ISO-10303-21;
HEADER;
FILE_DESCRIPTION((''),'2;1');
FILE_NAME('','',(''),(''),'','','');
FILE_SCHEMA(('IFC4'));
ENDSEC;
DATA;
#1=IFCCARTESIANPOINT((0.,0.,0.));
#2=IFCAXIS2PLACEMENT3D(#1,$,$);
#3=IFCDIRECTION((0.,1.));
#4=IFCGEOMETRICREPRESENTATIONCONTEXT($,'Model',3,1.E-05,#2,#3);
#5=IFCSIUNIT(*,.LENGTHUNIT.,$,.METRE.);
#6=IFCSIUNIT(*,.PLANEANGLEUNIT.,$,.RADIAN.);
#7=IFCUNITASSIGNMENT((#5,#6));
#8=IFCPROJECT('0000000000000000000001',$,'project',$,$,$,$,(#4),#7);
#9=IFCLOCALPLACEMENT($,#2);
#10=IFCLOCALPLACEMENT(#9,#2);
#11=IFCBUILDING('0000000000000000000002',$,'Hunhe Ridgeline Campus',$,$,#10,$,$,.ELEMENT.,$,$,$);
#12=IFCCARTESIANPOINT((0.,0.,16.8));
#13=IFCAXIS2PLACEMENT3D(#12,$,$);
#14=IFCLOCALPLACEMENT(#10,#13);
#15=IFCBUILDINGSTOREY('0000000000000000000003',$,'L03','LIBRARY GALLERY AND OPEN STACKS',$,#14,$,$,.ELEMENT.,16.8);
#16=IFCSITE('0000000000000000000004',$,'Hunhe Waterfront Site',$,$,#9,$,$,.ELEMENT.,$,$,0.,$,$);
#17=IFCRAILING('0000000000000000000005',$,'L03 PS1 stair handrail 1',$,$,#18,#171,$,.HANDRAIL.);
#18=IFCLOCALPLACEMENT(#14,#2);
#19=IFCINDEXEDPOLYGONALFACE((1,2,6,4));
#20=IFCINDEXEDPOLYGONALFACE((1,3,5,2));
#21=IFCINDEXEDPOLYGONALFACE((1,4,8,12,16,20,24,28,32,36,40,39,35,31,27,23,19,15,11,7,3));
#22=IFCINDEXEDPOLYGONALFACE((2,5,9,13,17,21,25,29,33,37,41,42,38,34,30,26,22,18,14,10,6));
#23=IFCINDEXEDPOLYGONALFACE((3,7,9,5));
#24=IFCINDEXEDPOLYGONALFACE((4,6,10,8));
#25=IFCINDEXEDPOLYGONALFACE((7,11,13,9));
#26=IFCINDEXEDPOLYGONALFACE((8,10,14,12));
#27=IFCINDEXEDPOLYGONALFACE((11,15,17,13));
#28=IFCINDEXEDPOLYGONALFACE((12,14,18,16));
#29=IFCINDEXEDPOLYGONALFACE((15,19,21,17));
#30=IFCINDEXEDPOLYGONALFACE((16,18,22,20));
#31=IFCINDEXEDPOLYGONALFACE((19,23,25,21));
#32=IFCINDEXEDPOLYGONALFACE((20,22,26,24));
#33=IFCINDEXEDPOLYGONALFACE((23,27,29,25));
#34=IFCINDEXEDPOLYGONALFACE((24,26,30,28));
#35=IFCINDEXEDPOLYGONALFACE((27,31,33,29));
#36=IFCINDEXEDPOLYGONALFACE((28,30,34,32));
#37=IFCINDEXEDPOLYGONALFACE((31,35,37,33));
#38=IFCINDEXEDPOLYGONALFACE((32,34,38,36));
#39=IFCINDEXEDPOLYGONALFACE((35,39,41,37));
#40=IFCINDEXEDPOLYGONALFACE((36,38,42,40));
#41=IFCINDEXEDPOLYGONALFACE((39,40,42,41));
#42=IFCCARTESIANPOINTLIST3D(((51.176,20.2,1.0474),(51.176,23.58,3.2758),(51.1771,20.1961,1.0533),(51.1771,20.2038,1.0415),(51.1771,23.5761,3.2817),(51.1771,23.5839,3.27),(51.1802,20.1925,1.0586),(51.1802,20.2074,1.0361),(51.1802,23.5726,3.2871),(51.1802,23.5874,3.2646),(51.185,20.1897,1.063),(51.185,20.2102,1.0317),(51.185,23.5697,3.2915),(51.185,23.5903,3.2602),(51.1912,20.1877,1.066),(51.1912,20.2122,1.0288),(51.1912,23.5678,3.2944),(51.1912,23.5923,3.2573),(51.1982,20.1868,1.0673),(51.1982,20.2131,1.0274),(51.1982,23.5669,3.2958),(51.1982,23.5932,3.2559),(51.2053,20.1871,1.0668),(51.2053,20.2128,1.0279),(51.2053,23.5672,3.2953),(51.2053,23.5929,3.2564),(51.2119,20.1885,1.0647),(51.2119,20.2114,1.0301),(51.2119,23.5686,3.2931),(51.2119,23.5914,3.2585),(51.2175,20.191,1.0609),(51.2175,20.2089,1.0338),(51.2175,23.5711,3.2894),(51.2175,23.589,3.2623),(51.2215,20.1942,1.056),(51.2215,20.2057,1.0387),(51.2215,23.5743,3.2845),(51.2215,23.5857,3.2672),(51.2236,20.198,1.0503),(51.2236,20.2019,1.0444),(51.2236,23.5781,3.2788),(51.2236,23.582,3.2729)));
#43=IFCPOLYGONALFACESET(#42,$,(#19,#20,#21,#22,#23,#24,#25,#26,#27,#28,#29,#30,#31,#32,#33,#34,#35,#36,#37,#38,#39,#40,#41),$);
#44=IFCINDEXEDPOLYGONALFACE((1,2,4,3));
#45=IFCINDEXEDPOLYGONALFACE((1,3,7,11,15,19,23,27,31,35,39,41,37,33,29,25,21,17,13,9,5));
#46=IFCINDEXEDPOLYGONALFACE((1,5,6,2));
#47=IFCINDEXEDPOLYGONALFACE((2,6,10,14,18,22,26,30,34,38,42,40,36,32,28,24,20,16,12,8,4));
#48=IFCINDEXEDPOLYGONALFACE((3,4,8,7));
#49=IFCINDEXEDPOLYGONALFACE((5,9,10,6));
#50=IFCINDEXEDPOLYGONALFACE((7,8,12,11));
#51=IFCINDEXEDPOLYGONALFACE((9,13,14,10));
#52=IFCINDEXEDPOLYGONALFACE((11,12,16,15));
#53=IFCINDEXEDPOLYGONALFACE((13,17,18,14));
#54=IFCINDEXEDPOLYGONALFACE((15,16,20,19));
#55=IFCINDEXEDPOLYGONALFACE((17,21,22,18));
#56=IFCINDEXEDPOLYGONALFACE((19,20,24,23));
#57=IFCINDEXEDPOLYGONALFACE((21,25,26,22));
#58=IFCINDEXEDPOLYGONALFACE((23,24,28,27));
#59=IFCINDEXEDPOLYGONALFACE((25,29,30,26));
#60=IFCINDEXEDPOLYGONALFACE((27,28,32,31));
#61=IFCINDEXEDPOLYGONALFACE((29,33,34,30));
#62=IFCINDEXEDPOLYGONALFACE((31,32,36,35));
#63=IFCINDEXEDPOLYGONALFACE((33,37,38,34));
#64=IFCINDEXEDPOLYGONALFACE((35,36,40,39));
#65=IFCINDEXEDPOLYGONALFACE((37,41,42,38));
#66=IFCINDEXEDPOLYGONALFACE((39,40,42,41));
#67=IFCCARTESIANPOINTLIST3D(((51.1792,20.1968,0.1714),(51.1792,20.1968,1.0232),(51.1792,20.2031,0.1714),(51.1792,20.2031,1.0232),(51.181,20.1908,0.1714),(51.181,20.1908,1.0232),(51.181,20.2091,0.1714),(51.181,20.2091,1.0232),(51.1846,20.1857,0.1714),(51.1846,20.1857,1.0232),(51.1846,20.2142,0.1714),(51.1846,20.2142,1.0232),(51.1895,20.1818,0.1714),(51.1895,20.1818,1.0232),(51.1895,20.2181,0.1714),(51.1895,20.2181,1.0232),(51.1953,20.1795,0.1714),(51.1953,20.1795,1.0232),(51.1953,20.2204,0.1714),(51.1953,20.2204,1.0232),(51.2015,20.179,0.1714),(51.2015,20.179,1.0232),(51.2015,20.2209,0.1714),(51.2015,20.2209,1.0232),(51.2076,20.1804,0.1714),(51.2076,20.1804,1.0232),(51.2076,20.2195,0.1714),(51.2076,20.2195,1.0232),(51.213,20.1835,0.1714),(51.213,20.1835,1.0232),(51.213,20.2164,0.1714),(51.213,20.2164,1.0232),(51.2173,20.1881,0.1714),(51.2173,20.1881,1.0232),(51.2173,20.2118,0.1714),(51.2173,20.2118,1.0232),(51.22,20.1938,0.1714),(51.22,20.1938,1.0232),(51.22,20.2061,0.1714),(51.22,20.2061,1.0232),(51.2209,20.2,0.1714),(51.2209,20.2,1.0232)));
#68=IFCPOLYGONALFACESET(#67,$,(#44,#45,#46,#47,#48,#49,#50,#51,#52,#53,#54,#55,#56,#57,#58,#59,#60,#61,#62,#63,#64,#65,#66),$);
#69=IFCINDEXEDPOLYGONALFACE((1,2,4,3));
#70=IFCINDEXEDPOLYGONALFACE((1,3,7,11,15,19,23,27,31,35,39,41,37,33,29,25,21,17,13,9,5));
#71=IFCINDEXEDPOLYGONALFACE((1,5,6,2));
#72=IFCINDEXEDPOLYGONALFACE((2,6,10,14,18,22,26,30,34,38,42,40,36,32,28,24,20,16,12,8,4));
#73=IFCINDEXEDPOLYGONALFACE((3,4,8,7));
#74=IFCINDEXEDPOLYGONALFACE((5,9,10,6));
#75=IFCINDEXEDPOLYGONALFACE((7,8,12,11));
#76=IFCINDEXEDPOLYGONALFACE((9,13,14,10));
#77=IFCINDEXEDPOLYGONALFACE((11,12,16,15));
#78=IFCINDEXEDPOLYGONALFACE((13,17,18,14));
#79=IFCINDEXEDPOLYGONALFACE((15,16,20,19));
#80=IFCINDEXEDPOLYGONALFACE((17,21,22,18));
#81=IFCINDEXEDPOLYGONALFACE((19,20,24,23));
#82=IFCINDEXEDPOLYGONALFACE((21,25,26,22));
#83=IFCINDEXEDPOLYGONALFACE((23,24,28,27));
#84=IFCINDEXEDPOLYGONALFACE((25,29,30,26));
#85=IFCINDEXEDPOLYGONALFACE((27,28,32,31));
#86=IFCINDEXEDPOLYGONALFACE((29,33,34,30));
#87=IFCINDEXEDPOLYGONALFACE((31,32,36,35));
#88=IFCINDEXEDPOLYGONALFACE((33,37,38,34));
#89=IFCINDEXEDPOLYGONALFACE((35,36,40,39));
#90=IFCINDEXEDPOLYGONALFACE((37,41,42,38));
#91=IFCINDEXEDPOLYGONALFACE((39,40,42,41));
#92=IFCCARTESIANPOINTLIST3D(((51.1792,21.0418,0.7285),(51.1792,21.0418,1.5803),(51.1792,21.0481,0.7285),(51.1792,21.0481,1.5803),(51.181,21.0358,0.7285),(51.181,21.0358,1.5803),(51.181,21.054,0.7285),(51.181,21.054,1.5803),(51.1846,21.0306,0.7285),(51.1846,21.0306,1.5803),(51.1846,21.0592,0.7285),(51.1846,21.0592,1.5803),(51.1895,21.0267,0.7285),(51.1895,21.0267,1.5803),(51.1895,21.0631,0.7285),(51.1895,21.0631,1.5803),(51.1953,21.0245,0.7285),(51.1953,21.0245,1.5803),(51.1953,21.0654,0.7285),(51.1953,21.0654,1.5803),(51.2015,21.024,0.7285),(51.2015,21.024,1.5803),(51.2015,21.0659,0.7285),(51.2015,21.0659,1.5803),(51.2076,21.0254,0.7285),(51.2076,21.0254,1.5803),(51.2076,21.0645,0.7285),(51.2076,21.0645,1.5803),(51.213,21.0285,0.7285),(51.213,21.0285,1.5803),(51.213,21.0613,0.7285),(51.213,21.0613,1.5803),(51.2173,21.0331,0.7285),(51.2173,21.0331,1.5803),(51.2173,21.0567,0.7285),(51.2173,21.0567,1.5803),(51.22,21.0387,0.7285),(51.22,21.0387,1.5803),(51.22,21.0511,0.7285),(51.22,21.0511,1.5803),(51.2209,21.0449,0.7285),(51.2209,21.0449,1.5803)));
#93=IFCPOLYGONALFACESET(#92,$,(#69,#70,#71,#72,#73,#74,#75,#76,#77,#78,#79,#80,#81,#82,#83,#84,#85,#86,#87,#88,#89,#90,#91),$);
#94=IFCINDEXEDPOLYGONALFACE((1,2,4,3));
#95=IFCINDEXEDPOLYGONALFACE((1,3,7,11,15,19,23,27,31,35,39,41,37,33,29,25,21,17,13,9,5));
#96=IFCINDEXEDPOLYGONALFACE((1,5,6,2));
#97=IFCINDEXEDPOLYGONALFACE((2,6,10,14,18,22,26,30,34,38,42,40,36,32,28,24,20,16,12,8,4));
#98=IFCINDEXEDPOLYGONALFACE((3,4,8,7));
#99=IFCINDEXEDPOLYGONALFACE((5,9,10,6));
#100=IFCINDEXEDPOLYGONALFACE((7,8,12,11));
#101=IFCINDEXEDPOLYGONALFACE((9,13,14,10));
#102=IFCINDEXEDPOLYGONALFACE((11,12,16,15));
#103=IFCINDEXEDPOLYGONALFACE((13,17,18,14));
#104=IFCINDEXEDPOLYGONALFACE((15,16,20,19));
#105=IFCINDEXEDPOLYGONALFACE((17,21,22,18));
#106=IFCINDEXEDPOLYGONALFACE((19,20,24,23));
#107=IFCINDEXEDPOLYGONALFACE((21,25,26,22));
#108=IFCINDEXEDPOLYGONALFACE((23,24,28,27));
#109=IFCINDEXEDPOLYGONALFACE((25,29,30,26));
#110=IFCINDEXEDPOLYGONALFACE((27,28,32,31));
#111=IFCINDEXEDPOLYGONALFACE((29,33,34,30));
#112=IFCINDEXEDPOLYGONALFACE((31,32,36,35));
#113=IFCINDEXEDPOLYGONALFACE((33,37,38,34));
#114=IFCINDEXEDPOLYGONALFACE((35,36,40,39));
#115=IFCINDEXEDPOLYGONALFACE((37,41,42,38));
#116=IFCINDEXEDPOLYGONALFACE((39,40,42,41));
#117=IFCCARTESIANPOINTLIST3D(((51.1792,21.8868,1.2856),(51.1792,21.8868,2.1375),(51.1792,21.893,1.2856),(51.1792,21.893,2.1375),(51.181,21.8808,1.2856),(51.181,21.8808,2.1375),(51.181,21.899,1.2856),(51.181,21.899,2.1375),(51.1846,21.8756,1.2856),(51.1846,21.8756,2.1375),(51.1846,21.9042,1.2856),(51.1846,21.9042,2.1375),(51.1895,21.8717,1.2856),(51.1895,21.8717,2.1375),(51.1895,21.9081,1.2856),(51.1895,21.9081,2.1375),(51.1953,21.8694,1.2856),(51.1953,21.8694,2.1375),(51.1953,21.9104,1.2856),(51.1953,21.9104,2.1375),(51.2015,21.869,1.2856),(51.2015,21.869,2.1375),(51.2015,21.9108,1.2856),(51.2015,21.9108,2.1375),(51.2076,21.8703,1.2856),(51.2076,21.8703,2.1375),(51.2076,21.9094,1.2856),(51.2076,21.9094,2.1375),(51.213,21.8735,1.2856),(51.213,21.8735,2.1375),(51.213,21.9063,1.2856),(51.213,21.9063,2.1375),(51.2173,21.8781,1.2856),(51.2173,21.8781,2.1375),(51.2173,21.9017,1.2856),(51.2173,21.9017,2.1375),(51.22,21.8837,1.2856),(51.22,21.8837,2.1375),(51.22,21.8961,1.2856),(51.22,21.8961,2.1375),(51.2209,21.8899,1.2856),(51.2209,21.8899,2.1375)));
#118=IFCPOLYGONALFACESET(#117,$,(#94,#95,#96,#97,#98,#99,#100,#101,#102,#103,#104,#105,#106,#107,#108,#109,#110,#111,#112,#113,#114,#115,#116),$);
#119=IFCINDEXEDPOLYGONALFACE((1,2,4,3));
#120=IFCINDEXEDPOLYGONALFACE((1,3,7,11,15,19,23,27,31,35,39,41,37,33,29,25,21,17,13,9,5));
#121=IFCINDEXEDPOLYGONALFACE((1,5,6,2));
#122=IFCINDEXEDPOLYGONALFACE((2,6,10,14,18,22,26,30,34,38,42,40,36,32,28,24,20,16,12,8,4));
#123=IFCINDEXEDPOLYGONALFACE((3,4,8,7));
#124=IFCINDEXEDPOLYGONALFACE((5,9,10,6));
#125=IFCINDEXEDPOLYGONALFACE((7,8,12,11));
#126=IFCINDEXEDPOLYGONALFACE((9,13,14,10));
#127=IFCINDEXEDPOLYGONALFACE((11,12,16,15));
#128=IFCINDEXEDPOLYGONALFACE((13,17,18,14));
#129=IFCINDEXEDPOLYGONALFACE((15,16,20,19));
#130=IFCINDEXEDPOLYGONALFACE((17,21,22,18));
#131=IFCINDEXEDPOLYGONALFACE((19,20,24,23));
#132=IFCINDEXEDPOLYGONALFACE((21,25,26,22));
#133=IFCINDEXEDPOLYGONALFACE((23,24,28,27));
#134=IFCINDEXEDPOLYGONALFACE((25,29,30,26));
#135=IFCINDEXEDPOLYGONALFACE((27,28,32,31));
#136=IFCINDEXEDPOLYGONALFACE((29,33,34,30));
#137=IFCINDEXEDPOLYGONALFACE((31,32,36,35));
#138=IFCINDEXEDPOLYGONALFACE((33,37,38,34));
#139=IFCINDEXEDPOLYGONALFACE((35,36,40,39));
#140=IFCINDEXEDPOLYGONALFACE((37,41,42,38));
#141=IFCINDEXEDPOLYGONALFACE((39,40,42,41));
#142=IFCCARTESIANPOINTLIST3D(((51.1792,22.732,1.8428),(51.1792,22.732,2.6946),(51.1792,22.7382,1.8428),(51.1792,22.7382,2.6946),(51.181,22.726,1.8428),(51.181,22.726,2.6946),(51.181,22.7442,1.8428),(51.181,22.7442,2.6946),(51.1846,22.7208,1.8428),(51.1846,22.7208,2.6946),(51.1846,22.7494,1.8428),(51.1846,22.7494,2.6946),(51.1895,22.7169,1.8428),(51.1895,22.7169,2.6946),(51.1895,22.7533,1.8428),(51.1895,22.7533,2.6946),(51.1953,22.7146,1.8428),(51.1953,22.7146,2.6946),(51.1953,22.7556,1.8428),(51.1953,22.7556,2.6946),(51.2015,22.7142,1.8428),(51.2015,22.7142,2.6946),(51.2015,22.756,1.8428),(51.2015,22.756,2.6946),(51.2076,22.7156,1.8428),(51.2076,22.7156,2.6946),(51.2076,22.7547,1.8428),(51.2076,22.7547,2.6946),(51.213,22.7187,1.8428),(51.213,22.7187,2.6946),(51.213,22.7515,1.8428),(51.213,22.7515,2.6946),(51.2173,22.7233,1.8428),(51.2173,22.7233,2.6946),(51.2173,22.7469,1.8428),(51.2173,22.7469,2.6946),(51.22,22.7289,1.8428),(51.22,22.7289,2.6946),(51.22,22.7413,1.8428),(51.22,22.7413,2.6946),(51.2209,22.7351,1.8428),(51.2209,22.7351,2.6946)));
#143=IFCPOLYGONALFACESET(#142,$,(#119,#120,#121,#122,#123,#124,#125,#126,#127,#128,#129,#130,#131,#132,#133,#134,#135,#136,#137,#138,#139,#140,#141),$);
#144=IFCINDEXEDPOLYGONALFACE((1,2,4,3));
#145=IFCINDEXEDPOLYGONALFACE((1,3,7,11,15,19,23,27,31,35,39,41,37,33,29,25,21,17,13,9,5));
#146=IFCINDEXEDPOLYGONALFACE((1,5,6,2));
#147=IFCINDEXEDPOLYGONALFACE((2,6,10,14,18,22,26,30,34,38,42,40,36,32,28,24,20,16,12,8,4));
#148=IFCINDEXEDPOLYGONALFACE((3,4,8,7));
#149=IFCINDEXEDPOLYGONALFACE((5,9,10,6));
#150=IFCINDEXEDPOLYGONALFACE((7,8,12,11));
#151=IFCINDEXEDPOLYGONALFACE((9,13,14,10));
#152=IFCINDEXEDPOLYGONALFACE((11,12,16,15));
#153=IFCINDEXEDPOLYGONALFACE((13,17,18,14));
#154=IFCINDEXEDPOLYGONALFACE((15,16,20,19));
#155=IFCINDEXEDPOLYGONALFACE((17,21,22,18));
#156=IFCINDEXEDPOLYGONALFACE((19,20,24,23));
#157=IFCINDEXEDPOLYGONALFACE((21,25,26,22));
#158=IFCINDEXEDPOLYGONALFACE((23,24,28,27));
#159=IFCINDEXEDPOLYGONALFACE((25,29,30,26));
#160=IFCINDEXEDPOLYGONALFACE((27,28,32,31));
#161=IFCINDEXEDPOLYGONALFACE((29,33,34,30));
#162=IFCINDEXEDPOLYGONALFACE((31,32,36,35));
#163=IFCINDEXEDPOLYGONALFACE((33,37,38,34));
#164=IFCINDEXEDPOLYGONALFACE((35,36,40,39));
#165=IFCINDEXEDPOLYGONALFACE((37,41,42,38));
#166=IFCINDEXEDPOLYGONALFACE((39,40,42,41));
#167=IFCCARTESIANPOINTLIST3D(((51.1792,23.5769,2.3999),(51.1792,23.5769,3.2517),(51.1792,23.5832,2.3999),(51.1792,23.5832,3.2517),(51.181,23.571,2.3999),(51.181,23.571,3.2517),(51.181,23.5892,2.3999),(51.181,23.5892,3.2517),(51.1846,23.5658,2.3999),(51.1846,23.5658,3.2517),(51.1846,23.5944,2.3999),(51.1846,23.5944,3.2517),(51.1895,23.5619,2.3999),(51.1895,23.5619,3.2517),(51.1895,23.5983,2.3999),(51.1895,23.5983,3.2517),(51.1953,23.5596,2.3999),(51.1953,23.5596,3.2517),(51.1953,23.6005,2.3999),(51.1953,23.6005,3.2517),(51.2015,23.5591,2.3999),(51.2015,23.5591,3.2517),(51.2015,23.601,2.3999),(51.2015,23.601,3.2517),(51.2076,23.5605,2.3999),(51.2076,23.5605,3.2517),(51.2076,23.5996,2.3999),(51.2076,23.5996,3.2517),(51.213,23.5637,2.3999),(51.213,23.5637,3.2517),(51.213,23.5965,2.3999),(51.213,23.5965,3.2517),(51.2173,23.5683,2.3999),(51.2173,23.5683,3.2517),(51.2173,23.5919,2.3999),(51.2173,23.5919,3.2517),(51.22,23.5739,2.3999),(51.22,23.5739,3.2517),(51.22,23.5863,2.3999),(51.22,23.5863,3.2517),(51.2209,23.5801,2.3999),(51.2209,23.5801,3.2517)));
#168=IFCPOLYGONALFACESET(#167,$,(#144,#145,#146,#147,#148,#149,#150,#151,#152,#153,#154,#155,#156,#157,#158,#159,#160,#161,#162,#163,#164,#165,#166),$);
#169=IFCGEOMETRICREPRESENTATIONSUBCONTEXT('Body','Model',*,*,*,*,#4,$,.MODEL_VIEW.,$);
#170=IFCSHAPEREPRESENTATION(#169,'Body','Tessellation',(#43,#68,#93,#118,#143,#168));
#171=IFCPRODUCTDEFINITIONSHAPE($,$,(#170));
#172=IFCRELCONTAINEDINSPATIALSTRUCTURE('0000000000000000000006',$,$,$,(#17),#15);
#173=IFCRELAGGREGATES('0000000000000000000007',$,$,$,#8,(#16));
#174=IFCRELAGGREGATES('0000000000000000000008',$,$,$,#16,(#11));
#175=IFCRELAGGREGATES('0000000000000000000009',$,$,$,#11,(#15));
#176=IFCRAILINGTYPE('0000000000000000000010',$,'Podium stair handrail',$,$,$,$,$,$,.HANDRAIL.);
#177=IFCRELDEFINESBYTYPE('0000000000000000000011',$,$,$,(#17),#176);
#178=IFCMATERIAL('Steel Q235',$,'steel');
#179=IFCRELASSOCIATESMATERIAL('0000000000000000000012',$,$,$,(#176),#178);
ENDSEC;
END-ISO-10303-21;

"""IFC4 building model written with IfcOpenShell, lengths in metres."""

from ifc_helpers import new_model, si_unit, direction, frame, origin, origin_2d, place, context, subcontext, project, spatial, circle, extrude, material, type_object, element, save


model = new_model("IFC4")

# Units and contexts
model_context = context("Model", 3, precision=1e-05, world=origin(), true_north=direction((0.0, 1.0)))
body_context = subcontext(model_context, "Body", "Model", "MODEL_VIEW")
ifc_project = project(units=[si_unit("LENGTHUNIT", "METRE"), si_unit("PLANEANGLEUNIT", "RADIAN")], contexts=[model_context])

# Site, building, storey
site_placement = place(None, origin())
site = spatial("IfcSite", under=ifc_project, at=site_placement, Name="Hunhe Waterfront Site", CompositionType="ELEMENT", RefElevation=0.0)
building_placement = place(site_placement, origin())
building = spatial("IfcBuilding", under=site, at=building_placement, Name="Hunhe Ridgeline Campus", CompositionType="ELEMENT")
storey_placement = place(building_placement, frame((0.0, 0.0, 16.8)))
storey = spatial("IfcBuildingStorey", under=building, at=storey_placement, Name="L03", Description="LIBRARY GALLERY AND OPEN STACKS", CompositionType="ELEMENT", Elevation=16.8)

# Shared definitions
ifc_material_1 = material(Name="Steel Q235", Category="steel")

# Railing
railing_type_1 = type_object("IfcRailingType", Name="Podium stair handrail", PredefinedType="HANDRAIL", material=ifc_material_1)
railing_1_placement = place(storey_placement, frame((51.2, 20.2, 0.1714)))
element("IfcRailing", 1, at=railing_1_placement, inside=storey, type_object=railing_type_1, Name="L03 PS1 stair handrail 1", PredefinedType="HANDRAIL", context=body_context, shape_type="SweptSolid", body=[
    extrude(circle(Radius=0.0239, at=origin_2d()), frame((0.0, 0.0, 0.876), z_axis=(0.0, 0.834878, 0.550435), x_axis=(-1.0, 0.0, 0.0)), (0.0, 0.0, 1.0), 4.0486),
    extrude(circle(Radius=0.021, at=origin_2d()), origin(), (0.0, 0.0, 1.0), 0.8518),
    extrude(circle(Radius=0.021, at=origin_2d()), frame((0.0, 0.845, 0.5571)), (0.0, 0.0, 1.0), 0.8518),
    extrude(circle(Radius=0.021, at=origin_2d()), frame((0.0, 1.6899, 1.1143)), (0.0, 0.0, 1.0), 0.8518),
    extrude(circle(Radius=0.021, at=origin_2d()), frame((0.0, 2.5352, 1.6714)), (0.0, 0.0, 1.0), 0.8518),
    extrude(circle(Radius=0.021, at=origin_2d()), frame((0.0, 3.3801, 2.2285)), (0.0, 0.0, 1.0), 0.8518),
])

save(model, "model.ifc")
